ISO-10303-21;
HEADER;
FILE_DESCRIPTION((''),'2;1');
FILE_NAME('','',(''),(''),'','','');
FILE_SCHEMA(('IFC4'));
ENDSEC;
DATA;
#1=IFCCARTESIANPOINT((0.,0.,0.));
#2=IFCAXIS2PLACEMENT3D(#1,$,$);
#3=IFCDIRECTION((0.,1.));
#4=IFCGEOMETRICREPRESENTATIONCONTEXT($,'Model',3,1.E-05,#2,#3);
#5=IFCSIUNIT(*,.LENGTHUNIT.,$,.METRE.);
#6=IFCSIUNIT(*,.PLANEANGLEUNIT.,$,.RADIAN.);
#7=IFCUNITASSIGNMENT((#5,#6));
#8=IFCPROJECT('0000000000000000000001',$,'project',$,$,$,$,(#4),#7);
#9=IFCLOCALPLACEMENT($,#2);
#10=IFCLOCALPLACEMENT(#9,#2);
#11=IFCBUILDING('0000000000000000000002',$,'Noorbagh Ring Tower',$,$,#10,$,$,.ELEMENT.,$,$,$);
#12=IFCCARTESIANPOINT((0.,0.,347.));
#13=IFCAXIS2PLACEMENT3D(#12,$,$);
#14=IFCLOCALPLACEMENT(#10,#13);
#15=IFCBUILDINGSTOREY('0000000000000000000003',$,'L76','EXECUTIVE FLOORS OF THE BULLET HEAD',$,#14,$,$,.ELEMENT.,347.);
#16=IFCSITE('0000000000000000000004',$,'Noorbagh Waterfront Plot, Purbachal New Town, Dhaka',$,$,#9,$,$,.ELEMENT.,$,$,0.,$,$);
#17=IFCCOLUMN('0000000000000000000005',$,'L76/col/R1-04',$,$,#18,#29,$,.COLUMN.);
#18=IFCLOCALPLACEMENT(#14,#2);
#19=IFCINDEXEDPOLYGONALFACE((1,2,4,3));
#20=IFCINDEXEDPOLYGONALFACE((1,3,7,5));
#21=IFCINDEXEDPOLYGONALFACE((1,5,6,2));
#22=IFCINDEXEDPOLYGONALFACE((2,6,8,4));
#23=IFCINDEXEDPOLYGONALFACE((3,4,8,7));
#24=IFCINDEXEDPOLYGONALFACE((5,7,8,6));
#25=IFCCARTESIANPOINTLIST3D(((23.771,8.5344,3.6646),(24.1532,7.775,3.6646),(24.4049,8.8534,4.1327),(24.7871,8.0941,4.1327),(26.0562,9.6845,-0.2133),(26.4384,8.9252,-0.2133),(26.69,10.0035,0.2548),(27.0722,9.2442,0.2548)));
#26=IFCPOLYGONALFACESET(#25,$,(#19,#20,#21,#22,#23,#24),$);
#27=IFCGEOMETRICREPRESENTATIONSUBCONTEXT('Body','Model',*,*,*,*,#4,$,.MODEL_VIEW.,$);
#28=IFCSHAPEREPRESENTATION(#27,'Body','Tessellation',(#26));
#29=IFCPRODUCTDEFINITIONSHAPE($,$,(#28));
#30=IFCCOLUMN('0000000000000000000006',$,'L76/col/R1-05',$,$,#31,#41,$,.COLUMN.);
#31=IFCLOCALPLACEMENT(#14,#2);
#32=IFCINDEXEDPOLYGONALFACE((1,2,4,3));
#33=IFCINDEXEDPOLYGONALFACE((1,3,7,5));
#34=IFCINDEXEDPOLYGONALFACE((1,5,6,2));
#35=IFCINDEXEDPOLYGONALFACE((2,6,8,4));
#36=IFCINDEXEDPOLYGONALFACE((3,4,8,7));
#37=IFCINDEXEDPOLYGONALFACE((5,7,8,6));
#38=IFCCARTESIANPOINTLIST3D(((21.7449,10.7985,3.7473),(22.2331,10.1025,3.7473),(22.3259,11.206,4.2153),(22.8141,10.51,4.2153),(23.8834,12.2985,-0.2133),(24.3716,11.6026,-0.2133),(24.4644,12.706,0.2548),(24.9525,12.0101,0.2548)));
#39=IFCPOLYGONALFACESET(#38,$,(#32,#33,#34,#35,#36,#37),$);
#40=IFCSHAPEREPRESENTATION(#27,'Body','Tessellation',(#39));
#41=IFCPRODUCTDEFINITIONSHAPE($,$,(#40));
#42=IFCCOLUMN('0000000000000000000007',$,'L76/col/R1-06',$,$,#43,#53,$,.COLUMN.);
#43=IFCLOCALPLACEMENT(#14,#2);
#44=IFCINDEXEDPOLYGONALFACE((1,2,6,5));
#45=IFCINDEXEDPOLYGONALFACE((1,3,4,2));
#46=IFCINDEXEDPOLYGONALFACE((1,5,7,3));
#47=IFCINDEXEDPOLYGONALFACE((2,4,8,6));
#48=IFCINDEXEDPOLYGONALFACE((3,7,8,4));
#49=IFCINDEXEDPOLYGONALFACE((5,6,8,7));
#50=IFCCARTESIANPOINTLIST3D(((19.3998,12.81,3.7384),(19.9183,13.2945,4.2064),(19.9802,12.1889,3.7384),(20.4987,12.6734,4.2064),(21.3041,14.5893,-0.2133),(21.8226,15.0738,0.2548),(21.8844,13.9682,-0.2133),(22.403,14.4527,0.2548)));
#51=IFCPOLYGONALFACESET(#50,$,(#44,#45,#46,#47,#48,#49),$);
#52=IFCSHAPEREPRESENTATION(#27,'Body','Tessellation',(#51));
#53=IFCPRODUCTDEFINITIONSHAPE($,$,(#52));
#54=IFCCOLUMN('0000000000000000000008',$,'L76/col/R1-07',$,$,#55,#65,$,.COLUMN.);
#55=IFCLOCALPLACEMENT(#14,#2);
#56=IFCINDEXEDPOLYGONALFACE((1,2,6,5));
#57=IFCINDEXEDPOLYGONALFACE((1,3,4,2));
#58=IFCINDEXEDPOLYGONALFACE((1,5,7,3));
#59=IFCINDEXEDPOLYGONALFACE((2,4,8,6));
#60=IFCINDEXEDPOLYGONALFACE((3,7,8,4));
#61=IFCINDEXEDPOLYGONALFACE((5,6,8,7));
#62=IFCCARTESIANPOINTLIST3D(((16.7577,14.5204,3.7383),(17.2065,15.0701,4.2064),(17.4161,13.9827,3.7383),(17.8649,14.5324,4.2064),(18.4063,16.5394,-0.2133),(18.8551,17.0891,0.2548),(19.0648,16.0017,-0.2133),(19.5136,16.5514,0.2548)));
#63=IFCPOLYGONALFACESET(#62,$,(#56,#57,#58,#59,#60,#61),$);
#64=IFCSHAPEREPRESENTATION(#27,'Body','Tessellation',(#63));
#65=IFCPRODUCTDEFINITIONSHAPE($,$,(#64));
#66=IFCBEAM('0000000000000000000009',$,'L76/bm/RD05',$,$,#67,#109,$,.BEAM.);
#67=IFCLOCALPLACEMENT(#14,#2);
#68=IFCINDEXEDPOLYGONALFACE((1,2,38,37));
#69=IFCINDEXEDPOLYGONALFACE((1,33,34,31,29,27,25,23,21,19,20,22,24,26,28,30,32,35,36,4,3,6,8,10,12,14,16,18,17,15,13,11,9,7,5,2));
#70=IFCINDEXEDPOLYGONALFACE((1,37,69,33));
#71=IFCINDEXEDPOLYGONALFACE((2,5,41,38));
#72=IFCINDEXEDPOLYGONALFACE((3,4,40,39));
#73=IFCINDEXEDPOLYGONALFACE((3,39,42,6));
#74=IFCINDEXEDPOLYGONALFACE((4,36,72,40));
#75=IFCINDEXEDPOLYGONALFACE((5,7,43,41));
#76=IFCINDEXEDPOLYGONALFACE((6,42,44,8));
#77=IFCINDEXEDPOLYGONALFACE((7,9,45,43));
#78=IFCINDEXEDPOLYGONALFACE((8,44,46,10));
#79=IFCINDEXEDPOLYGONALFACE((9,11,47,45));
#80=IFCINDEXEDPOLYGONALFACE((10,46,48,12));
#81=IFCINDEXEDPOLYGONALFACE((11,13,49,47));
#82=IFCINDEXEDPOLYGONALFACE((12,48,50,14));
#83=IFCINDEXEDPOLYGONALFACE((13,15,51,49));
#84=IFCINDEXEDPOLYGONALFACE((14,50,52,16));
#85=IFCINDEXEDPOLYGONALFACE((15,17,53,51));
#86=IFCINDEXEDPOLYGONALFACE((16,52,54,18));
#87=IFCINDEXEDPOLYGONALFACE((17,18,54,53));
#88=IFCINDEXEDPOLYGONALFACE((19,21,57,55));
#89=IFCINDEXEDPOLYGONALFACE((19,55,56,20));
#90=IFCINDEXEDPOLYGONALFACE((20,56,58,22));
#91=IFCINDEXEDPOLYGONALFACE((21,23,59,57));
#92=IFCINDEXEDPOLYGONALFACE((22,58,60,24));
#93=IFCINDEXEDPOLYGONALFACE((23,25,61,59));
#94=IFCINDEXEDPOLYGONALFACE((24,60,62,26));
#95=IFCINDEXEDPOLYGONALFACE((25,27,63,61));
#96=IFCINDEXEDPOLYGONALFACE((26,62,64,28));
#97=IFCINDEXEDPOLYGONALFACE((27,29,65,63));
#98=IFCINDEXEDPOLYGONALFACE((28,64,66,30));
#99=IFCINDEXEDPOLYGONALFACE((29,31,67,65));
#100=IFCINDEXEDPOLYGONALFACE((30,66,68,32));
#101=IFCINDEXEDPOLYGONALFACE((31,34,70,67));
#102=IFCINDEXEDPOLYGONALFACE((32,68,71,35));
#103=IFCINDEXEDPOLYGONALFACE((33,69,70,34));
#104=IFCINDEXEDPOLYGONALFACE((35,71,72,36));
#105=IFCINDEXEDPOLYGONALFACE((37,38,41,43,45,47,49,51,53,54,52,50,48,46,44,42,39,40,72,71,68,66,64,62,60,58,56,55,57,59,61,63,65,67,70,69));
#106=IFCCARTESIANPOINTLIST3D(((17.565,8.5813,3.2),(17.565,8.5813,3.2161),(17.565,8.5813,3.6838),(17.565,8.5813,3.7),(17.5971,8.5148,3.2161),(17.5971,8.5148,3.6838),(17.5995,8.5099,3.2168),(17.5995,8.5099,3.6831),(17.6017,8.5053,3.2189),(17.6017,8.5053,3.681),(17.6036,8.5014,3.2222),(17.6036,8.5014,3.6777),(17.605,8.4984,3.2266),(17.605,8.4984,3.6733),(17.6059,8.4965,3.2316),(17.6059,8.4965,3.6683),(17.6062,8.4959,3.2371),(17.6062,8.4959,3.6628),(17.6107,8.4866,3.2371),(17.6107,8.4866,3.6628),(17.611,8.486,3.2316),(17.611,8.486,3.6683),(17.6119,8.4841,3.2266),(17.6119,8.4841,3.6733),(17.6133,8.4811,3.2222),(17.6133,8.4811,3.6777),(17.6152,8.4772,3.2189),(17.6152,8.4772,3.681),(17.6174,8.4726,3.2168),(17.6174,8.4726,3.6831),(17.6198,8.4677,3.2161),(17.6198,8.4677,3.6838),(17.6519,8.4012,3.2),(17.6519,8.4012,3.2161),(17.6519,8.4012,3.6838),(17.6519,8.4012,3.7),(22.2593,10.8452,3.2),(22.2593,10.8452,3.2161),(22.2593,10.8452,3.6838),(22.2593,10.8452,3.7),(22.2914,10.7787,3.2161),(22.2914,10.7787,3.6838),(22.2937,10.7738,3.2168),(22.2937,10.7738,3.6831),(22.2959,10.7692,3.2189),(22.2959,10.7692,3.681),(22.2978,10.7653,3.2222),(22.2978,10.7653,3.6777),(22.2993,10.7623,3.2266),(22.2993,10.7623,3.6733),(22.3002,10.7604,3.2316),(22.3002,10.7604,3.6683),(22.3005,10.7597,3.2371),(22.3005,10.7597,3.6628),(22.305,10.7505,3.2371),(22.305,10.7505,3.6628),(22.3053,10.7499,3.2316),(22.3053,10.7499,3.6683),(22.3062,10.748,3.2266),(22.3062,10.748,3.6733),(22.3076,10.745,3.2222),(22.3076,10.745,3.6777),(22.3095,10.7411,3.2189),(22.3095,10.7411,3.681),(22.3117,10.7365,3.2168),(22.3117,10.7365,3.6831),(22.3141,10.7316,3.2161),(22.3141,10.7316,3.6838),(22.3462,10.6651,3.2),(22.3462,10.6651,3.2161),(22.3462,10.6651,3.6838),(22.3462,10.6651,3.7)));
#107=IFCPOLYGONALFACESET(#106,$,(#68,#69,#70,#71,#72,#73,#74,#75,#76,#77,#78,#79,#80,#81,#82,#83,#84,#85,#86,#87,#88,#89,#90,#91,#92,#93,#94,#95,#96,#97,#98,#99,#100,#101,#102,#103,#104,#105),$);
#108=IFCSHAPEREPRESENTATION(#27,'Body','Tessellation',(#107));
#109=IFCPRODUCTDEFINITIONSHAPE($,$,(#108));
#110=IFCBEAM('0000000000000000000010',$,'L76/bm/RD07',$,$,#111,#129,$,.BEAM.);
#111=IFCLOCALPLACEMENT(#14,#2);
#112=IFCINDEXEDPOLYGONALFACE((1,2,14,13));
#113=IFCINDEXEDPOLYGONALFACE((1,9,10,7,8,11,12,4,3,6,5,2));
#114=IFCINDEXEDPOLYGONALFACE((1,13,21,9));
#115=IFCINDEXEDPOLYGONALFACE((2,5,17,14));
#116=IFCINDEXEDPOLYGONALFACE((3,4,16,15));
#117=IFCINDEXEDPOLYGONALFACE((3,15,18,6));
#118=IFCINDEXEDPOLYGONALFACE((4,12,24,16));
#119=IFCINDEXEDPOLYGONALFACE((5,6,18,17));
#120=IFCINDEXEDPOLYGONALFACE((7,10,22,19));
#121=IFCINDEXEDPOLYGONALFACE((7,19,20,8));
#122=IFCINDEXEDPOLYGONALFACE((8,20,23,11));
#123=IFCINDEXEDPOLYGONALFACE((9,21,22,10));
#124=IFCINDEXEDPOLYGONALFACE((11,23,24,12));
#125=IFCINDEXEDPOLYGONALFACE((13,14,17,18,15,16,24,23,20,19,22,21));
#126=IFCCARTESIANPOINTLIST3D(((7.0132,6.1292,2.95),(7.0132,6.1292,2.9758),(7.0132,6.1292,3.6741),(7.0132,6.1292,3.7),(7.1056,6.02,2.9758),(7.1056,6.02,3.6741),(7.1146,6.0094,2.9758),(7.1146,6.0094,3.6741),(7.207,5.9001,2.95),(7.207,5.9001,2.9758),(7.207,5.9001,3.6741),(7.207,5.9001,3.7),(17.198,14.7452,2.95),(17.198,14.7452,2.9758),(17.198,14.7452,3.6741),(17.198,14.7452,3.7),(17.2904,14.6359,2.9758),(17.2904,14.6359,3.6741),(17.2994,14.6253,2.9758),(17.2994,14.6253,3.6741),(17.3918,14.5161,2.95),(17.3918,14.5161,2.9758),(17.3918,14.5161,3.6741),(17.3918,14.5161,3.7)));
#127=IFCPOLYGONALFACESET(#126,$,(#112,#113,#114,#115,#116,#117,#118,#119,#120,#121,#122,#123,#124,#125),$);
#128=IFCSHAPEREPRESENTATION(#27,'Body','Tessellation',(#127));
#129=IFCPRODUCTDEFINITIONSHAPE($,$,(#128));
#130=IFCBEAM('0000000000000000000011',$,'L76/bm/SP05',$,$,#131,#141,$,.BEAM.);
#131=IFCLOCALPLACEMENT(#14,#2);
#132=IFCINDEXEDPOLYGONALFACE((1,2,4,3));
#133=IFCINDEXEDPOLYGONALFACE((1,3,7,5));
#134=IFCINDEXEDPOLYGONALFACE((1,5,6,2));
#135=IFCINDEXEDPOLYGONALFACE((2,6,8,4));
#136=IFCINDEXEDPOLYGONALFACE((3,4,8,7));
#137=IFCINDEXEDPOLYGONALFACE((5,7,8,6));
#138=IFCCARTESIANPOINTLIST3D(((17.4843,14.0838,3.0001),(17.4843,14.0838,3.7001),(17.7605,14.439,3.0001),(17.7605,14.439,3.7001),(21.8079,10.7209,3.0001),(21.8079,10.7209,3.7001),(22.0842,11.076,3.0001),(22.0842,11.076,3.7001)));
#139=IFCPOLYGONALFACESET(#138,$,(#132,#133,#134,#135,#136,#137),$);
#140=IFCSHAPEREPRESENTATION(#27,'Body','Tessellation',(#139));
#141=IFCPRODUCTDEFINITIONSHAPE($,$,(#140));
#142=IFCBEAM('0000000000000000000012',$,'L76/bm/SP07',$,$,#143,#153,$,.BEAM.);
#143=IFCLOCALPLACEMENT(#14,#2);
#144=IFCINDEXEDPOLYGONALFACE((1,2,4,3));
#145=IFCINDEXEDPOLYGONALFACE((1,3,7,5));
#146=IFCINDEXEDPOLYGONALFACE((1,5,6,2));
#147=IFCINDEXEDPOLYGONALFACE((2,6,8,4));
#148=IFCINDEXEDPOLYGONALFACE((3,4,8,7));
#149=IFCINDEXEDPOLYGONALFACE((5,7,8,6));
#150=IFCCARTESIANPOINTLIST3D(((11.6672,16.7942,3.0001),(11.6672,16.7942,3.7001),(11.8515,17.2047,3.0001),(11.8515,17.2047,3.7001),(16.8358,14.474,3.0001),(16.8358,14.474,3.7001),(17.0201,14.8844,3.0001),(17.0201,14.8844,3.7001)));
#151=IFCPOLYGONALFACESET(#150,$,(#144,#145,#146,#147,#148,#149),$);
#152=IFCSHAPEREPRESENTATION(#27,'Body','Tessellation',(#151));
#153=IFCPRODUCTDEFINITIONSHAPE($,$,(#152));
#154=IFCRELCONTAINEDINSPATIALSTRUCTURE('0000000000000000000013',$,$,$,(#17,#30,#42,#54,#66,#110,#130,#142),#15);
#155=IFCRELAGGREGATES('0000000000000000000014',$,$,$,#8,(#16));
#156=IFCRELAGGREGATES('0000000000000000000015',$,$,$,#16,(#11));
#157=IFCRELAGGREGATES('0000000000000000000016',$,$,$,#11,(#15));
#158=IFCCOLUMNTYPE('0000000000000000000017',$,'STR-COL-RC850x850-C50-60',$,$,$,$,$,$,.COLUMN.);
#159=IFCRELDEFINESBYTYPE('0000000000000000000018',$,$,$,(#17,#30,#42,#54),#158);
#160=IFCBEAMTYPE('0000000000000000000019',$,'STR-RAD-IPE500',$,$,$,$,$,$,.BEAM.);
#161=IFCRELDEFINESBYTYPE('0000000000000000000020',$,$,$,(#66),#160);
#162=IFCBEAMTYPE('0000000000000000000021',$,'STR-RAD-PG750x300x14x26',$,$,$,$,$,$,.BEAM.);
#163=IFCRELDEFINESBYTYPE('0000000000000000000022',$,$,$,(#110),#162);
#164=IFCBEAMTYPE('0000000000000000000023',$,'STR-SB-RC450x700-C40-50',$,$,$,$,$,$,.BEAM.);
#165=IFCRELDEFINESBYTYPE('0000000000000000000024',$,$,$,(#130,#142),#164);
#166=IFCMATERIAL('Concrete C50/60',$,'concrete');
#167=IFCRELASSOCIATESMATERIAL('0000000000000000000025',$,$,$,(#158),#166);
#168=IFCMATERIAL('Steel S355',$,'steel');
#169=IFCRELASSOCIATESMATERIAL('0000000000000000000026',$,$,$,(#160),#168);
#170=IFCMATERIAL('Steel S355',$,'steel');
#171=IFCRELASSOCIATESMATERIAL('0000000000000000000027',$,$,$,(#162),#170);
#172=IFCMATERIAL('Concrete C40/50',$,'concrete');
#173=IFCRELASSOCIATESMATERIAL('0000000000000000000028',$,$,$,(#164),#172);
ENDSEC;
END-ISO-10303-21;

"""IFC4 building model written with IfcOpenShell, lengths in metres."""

from ifc_helpers import new_model, si_unit, direction, frame, origin, origin_2d, place, context, subcontext, project, spatial, rectangle, i_section, extrude, material, material_profile, profile_set, type_object, element, save


model = new_model("IFC4")

# Units and contexts
model_context = context("Model", 3, precision=1e-05, world=origin(), true_north=direction((0.0, 1.0)))
body_context = subcontext(model_context, "Body", "Model", "MODEL_VIEW")
ifc_project = project(units=[si_unit("LENGTHUNIT", "METRE"), si_unit("PLANEANGLEUNIT", "RADIAN")], contexts=[model_context])

# Site, building, storey
site_placement = place(None, origin())
site = spatial("IfcSite", under=ifc_project, at=site_placement, Name="Noorbagh Waterfront Plot, Purbachal New Town, Dhaka", CompositionType="ELEMENT", RefElevation=0.0)
building_placement = place(site_placement, origin())
building = spatial("IfcBuilding", under=site, at=building_placement, Name="Noorbagh Ring Tower", CompositionType="ELEMENT")
storey_placement = place(building_placement, frame((0.0, 0.0, 347.0)))
storey = spatial("IfcBuildingStorey", under=building, at=storey_placement, Name="L76", Description="EXECUTIVE FLOORS OF THE BULLET HEAD", CompositionType="ELEMENT", Elevation=347.0)

# Columns
ifc_material_1 = material(Name="Concrete C50/60", Category="concrete")
ifc_material_profile_1 = material_profile(ifc_material_1, rectangle(XDim=0.8501, YDim=0.8501, at=origin_2d()), Name="RC850x850")
ifc_profile_set_1 = profile_set([ifc_material_profile_1], Name="Concrete C50/60")
column_type = type_object("IfcColumnType", Name="STR-COL-RC850x850-C50-60", PredefinedType="COLUMN", material=ifc_profile_set_1)
column_1_placement = place(storey_placement, frame((26.5642, 9.4644, 0.0208), z_axis=(-0.49188, -0.247569, 0.834724), x_axis=(0.449579, -0.893241, 0.0)))
element("IfcColumn", 1, at=column_1_placement, inside=storey, type_object=column_type, Name="L76/col/R1-04", PredefinedType="COLUMN", context=body_context, shape_type="SweptSolid", body=[
    extrude(rectangle(XDim=0.8501, YDim=0.8501, at=origin_2d()), origin(), (0.0, 0.0, 1.0), 4.6458),
])
column_2_placement = place(storey_placement, frame((24.418, 12.1543, 0.0208), z_axis=(-0.45074, -0.316171, 0.834787), x_axis=(0.574259, -0.818674, 0.0)))
element("IfcColumn", 2, at=column_2_placement, inside=storey, type_object=column_type, Name="L76/col/R1-05", PredefinedType="COLUMN", context=body_context, shape_type="SweptSolid", body=[
    extrude(rectangle(XDim=0.8501, YDim=0.8501, at=origin_2d()), origin(), (0.0, 0.0, 1.0), 4.7444),
])
column_3_placement = place(storey_placement, frame((21.8535, 14.521, 0.0208), z_axis=(-0.402286, -0.375879, 0.834794), x_axis=(0.682719, -0.730681, 0.0)))
element("IfcColumn", 3, at=column_3_placement, inside=storey, type_object=column_type, Name="L76/col/R1-06", PredefinedType="COLUMN", context=body_context, shape_type="SweptSolid", body=[
    extrude(rectangle(XDim=0.8501, YDim=0.8501, at=origin_2d()), origin(), (0.0, 0.0, 1.0), 4.7336),
])
column_4_placement = place(storey_placement, frame((18.96, 16.5454, 0.0208), z_axis=(-0.348267, -0.426503, 0.834749), x_axis=(0.77457, -0.632488, 0.0)))
element("IfcColumn", 4, at=column_4_placement, inside=storey, type_object=column_type, Name="L76/col/R1-07", PredefinedType="COLUMN", context=body_context, shape_type="SweptSolid", body=[
    extrude(rectangle(XDim=0.8501, YDim=0.8501, at=origin_2d()), origin(), (0.0, 0.0, 1.0), 4.7339),
])

# Beams
ifc_material_2 = material(Name="Steel S355", Category="steel")
ifc_material_profile_2 = material_profile(ifc_material_2, i_section(OverallWidth=0.2, OverallDepth=0.5, WebThickness=0.0103, FlangeThickness=0.0161, FilletRadius=0.021, at=origin_2d()), Name="IPE500")
ifc_profile_set_2 = profile_set([ifc_material_profile_2], Name="Steel S355")
beam_type_1 = type_object("IfcBeamType", Name="STR-RAD-IPE500", PredefinedType="BEAM", material=ifc_profile_set_2)
beam_1_placement = place(storey_placement, frame((22.3027, 10.7551, 3.45), z_axis=(-0.900725, -0.434389, 0.0), x_axis=(0.434389, -0.900725, 0.0)))
element("IfcBeam", 5, at=beam_1_placement, inside=storey, type_object=beam_type_1, Name="L76/bm/RD05", PredefinedType="BEAM", context=body_context, shape_type="SweptSolid", body=[
    extrude(i_section(OverallWidth=0.2, OverallDepth=0.5, WebThickness=0.0103, FlangeThickness=0.0161, FilletRadius=0.021, at=origin_2d()), origin(), (0.0, 0.0, 1.0), 5.2117),
])
ifc_material_3 = material(Name="Steel S355", Category="steel")
ifc_material_profile_3 = material_profile(ifc_material_3, i_section(OverallWidth=0.3, OverallDepth=0.75, WebThickness=0.0139, FlangeThickness=0.0259, at=origin_2d()), Name="PG750x300x14x26")
ifc_profile_set_3 = profile_set([ifc_material_profile_3], Name="Steel S355")
beam_type_2 = type_object("IfcBeamType", Name="STR-RAD-PG750x300x14x26", PredefinedType="BEAM", material=ifc_profile_set_3)
beam_2_placement = place(storey_placement, frame((17.2949, 14.6306, 3.325), z_axis=(-0.763458, -0.645857, 0.0), x_axis=(0.645857, -0.763458, 0.0)))
element("IfcBeam", 6, at=beam_2_placement, inside=storey, type_object=beam_type_2, Name="L76/bm/RD07", PredefinedType="BEAM", context=body_context, shape_type="SweptSolid", body=[
    extrude(i_section(OverallWidth=0.3, OverallDepth=0.75, WebThickness=0.0139, FlangeThickness=0.0259, at=origin_2d()), origin(), (0.0, 0.0, 1.0), 13.3403),
])
ifc_material_4 = material(Name="Concrete C40/50", Category="concrete")
ifc_material_profile_4 = material_profile(ifc_material_4, rectangle(XDim=0.45, YDim=0.7, at=origin_2d()), Name="RC450x700")
ifc_profile_set_4 = profile_set([ifc_material_profile_4], Name="Concrete C40/50")
beam_type_3 = type_object("IfcBeamType", Name="STR-SB-RC450x700-C40-50", PredefinedType="BEAM", material=ifc_profile_set_4)
beam_3_placement = place(storey_placement, frame((21.946, 10.8984, 3.3501), z_axis=(-0.78934, 0.613956, 0.0), x_axis=(-0.613956, -0.78934, 0.0)))
element("IfcBeam", 7, at=beam_3_placement, inside=storey, type_object=beam_type_3, Name="L76/bm/SP05", PredefinedType="BEAM", context=body_context, shape_type="SweptSolid", body=[
    extrude(rectangle(XDim=0.45, YDim=0.7, at=origin_2d()), origin(), (0.0, 0.0, 1.0), 5.4775),
])
beam_4_placement = place(storey_placement, frame((16.928, 14.6792, 3.3501), z_axis=(-0.912291, 0.409542, 0.0), x_axis=(-0.409542, -0.912291, 0.0)))
element("IfcBeam", 8, at=beam_4_placement, inside=storey, type_object=beam_type_3, Name="L76/bm/SP07", PredefinedType="BEAM", context=body_context, shape_type="SweptSolid", body=[
    extrude(rectangle(XDim=0.45, YDim=0.7, at=origin_2d()), origin(), (0.0, 0.0, 1.0), 5.6655),
])

save(model, "model.ifc")
